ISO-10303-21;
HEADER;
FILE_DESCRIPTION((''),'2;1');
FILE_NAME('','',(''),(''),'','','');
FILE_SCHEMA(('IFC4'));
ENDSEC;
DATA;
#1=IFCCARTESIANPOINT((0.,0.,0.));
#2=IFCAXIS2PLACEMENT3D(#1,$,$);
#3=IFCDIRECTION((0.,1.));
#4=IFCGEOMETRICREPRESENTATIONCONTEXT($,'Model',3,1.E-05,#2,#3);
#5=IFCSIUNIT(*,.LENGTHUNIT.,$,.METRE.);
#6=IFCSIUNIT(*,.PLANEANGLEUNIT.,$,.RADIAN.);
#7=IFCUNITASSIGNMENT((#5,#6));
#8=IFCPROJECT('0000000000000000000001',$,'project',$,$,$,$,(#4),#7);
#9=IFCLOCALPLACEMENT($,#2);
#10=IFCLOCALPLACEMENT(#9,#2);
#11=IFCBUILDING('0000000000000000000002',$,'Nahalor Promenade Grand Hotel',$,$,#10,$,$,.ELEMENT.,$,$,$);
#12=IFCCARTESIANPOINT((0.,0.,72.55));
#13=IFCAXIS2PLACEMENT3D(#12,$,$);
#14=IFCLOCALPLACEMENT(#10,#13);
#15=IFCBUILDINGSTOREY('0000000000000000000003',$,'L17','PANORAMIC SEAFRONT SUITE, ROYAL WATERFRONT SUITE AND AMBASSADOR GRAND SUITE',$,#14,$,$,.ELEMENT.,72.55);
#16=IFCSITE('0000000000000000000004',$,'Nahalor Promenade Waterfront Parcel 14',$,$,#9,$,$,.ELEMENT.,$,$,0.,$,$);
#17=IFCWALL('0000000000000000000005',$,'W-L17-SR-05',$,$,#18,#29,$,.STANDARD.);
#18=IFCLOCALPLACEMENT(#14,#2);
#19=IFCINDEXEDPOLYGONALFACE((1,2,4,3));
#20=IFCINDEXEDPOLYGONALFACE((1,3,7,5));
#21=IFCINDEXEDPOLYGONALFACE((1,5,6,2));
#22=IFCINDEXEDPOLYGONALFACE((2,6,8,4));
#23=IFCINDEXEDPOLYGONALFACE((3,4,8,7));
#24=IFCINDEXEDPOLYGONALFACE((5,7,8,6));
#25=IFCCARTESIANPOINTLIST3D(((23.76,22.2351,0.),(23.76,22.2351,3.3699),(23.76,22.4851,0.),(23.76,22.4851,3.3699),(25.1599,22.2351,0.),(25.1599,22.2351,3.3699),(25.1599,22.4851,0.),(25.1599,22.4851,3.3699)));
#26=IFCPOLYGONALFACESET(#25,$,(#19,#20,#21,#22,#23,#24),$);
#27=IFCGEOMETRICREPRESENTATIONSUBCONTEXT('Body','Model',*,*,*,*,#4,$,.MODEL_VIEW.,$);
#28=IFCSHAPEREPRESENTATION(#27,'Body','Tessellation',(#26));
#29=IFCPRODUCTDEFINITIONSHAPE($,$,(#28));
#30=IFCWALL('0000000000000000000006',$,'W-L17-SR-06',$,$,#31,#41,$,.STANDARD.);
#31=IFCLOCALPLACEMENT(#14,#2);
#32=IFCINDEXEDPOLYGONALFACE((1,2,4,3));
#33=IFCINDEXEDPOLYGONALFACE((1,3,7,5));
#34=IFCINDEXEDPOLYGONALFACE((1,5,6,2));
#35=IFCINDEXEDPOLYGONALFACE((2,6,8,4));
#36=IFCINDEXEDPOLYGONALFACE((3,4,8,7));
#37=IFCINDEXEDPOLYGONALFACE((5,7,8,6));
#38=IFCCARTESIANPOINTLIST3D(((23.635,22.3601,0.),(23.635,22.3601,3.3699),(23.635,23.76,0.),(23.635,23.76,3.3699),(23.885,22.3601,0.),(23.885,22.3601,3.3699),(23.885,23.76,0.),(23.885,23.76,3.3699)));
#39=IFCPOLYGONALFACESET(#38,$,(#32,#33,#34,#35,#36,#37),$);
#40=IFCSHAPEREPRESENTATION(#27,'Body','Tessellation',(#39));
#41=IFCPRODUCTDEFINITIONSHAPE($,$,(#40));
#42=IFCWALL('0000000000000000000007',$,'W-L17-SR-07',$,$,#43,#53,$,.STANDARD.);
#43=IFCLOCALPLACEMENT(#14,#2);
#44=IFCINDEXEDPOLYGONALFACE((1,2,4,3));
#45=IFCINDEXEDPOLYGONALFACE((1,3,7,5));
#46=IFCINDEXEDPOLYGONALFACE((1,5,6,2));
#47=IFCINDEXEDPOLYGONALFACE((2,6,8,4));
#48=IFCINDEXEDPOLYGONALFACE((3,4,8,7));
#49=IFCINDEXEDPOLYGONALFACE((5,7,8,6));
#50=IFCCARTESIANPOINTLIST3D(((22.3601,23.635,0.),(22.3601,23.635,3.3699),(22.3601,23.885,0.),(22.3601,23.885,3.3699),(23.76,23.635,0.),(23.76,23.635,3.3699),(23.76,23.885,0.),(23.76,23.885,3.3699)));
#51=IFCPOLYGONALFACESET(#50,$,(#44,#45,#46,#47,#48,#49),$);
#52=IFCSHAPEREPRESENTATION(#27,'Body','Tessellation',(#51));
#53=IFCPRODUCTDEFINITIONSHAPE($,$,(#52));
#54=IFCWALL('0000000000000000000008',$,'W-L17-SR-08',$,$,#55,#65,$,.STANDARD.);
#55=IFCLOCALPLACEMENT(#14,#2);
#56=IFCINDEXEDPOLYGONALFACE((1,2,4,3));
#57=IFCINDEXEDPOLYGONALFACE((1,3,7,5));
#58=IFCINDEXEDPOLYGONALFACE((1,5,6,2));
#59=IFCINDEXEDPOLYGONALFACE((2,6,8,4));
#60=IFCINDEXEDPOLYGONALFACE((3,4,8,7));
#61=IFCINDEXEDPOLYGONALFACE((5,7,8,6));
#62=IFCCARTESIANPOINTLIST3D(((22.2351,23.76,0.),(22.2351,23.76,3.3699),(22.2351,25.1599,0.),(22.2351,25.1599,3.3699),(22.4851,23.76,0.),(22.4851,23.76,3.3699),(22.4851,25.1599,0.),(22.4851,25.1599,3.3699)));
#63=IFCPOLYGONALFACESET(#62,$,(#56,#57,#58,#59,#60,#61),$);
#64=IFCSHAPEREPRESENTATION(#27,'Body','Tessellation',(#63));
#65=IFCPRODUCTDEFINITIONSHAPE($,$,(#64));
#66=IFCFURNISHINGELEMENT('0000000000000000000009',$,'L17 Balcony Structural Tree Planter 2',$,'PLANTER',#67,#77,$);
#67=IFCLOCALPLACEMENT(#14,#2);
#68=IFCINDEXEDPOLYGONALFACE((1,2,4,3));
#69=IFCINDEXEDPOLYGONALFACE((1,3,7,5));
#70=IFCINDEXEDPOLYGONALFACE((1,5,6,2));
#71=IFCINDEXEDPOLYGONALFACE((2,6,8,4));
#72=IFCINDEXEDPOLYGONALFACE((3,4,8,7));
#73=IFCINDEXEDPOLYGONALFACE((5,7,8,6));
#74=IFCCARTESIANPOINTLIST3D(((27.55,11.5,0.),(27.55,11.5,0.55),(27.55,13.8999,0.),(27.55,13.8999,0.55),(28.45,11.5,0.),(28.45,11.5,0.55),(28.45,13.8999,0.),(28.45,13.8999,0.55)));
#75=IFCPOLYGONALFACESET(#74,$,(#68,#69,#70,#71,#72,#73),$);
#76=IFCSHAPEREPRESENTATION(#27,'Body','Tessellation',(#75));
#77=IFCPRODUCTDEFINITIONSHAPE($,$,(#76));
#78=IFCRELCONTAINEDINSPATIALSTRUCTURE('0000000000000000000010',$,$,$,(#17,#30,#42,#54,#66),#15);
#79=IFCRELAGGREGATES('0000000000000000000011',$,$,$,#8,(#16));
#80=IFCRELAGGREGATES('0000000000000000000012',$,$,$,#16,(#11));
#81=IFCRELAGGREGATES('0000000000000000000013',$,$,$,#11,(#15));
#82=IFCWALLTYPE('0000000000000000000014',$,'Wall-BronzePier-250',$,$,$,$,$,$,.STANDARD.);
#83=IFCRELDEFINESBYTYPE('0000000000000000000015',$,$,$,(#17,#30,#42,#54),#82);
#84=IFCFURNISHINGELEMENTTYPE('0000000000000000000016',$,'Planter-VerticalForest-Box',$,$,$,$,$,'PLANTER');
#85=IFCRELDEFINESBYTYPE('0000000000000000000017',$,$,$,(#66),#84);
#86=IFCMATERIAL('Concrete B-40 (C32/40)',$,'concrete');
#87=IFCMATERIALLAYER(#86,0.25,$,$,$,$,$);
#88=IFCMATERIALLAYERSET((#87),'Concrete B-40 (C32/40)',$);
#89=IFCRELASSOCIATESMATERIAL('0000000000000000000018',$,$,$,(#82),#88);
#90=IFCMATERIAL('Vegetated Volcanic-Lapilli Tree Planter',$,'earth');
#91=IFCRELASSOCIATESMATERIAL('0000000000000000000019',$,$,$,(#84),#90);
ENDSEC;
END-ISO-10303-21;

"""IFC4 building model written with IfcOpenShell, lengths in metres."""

from ifc_helpers import new_model, si_unit, direction, frame, frame_2d, origin, origin_2d, place, context, subcontext, project, spatial, rectangle, extrude, source, transform, mapped, material, layer, layer_set, type_object, element, save


model = new_model("IFC4")

# Units and contexts
model_context = context("Model", 3, precision=1e-05, world=origin(), true_north=direction((0.0, 1.0)))
body_context = subcontext(model_context, "Body", "Model", "MODEL_VIEW")
ifc_project = project(units=[si_unit("LENGTHUNIT", "METRE"), si_unit("PLANEANGLEUNIT", "RADIAN")], contexts=[model_context])

# Site, building, storey
site_placement = place(None, origin())
site = spatial("IfcSite", under=ifc_project, at=site_placement, Name="Nahalor Promenade Waterfront Parcel 14", CompositionType="ELEMENT", RefElevation=0.0)
building_placement = place(site_placement, origin())
building = spatial("IfcBuilding", under=site, at=building_placement, Name="Nahalor Promenade Grand Hotel", CompositionType="ELEMENT")
storey_placement = place(building_placement, frame((0.0, 0.0, 72.55)))
storey = spatial("IfcBuildingStorey", under=building, at=storey_placement, Name="L17", Description="PANORAMIC SEAFRONT SUITE, ROYAL WATERFRONT SUITE AND AMBASSADOR GRAND SUITE", CompositionType="ELEMENT", Elevation=72.55)

# Walls
ifc_material_1 = material(Name="Concrete B-40 (C32/40)", Category="concrete")
ifc_layer_1 = layer(ifc_material_1, 0.25)
ifc_layer_set_1 = layer_set([ifc_layer_1], Name="Concrete B-40 (C32/40)")
wall_type_1 = type_object("IfcWallType", Name="Wall-BronzePier-250", PredefinedType="STANDARD", material=ifc_layer_set_1)
shared_shape_1 = source(origin(), body_context, "Body", "SweptSolid", [
    extrude(rectangle(XDim=1.3999, YDim=0.25, at=frame_2d((0.7, 0.0))), origin(), (0.0, 0.0, 1.0), 3.3699),
])
for number, where, z_axis, x_axis, name in (
    (1, (23.76, 22.3601, 0.0), (0.0, 0.0, 1.0), (1.0, 0.0, 0.0), "W-L17-SR-05"),
    (2, (23.76, 22.3601, 0.0), (0.0, 0.0, 1.0), (0.0, 1.0, 0.0), "W-L17-SR-06"),
    (3, (22.3601, 23.76, 0.0), (0.0, 0.0, 1.0), (1.0, 0.0, 0.0), "W-L17-SR-07"),
    (4, (22.3601, 23.76, 0.0), (0.0, 0.0, 1.0), (0.0, 1.0, 0.0), "W-L17-SR-08"),
):
    element("IfcWall", number, at=place(storey_placement, frame(where, z_axis=z_axis, x_axis=x_axis)), inside=storey, type_object=wall_type_1, Name=name, PredefinedType="STANDARD", context=body_context, shape_type="MappedRepresentation", body=[
        mapped(shared_shape_1, transform((0.0, 0.0, 0.0), scale=1.0)),
    ])

# Furnishing element
ifc_material_2 = material(Name="Vegetated Volcanic-Lapilli Tree Planter", Category="earth")
furnishing_element_type = type_object("IfcFurnishingElementType", Name="Planter-VerticalForest-Box", ElementType="PLANTER", material=ifc_material_2)
shared_shape_2 = source(origin(), body_context, "Body", "SweptSolid", [
    extrude(rectangle(XDim=2.3999, YDim=0.8999, at=origin_2d()), origin(), (0.0, 0.0, 1.0), 0.55),
])
furnishing_placement = place(storey_placement, frame((28.0, 12.7, 0.0), z_axis=(0.0, 0.0, 1.0), x_axis=(0.0, 1.0, 0.0)))
element("IfcFurnishingElement", 5, at=furnishing_placement, inside=storey, type_object=furnishing_element_type, Name="L17 Balcony Structural Tree Planter 2", ObjectType="PLANTER", context=body_context, shape_type="MappedRepresentation", body=[
    mapped(shared_shape_2, transform((0.0, 0.0, 0.0), scale=1.0)),
])

save(model, "model.ifc")
